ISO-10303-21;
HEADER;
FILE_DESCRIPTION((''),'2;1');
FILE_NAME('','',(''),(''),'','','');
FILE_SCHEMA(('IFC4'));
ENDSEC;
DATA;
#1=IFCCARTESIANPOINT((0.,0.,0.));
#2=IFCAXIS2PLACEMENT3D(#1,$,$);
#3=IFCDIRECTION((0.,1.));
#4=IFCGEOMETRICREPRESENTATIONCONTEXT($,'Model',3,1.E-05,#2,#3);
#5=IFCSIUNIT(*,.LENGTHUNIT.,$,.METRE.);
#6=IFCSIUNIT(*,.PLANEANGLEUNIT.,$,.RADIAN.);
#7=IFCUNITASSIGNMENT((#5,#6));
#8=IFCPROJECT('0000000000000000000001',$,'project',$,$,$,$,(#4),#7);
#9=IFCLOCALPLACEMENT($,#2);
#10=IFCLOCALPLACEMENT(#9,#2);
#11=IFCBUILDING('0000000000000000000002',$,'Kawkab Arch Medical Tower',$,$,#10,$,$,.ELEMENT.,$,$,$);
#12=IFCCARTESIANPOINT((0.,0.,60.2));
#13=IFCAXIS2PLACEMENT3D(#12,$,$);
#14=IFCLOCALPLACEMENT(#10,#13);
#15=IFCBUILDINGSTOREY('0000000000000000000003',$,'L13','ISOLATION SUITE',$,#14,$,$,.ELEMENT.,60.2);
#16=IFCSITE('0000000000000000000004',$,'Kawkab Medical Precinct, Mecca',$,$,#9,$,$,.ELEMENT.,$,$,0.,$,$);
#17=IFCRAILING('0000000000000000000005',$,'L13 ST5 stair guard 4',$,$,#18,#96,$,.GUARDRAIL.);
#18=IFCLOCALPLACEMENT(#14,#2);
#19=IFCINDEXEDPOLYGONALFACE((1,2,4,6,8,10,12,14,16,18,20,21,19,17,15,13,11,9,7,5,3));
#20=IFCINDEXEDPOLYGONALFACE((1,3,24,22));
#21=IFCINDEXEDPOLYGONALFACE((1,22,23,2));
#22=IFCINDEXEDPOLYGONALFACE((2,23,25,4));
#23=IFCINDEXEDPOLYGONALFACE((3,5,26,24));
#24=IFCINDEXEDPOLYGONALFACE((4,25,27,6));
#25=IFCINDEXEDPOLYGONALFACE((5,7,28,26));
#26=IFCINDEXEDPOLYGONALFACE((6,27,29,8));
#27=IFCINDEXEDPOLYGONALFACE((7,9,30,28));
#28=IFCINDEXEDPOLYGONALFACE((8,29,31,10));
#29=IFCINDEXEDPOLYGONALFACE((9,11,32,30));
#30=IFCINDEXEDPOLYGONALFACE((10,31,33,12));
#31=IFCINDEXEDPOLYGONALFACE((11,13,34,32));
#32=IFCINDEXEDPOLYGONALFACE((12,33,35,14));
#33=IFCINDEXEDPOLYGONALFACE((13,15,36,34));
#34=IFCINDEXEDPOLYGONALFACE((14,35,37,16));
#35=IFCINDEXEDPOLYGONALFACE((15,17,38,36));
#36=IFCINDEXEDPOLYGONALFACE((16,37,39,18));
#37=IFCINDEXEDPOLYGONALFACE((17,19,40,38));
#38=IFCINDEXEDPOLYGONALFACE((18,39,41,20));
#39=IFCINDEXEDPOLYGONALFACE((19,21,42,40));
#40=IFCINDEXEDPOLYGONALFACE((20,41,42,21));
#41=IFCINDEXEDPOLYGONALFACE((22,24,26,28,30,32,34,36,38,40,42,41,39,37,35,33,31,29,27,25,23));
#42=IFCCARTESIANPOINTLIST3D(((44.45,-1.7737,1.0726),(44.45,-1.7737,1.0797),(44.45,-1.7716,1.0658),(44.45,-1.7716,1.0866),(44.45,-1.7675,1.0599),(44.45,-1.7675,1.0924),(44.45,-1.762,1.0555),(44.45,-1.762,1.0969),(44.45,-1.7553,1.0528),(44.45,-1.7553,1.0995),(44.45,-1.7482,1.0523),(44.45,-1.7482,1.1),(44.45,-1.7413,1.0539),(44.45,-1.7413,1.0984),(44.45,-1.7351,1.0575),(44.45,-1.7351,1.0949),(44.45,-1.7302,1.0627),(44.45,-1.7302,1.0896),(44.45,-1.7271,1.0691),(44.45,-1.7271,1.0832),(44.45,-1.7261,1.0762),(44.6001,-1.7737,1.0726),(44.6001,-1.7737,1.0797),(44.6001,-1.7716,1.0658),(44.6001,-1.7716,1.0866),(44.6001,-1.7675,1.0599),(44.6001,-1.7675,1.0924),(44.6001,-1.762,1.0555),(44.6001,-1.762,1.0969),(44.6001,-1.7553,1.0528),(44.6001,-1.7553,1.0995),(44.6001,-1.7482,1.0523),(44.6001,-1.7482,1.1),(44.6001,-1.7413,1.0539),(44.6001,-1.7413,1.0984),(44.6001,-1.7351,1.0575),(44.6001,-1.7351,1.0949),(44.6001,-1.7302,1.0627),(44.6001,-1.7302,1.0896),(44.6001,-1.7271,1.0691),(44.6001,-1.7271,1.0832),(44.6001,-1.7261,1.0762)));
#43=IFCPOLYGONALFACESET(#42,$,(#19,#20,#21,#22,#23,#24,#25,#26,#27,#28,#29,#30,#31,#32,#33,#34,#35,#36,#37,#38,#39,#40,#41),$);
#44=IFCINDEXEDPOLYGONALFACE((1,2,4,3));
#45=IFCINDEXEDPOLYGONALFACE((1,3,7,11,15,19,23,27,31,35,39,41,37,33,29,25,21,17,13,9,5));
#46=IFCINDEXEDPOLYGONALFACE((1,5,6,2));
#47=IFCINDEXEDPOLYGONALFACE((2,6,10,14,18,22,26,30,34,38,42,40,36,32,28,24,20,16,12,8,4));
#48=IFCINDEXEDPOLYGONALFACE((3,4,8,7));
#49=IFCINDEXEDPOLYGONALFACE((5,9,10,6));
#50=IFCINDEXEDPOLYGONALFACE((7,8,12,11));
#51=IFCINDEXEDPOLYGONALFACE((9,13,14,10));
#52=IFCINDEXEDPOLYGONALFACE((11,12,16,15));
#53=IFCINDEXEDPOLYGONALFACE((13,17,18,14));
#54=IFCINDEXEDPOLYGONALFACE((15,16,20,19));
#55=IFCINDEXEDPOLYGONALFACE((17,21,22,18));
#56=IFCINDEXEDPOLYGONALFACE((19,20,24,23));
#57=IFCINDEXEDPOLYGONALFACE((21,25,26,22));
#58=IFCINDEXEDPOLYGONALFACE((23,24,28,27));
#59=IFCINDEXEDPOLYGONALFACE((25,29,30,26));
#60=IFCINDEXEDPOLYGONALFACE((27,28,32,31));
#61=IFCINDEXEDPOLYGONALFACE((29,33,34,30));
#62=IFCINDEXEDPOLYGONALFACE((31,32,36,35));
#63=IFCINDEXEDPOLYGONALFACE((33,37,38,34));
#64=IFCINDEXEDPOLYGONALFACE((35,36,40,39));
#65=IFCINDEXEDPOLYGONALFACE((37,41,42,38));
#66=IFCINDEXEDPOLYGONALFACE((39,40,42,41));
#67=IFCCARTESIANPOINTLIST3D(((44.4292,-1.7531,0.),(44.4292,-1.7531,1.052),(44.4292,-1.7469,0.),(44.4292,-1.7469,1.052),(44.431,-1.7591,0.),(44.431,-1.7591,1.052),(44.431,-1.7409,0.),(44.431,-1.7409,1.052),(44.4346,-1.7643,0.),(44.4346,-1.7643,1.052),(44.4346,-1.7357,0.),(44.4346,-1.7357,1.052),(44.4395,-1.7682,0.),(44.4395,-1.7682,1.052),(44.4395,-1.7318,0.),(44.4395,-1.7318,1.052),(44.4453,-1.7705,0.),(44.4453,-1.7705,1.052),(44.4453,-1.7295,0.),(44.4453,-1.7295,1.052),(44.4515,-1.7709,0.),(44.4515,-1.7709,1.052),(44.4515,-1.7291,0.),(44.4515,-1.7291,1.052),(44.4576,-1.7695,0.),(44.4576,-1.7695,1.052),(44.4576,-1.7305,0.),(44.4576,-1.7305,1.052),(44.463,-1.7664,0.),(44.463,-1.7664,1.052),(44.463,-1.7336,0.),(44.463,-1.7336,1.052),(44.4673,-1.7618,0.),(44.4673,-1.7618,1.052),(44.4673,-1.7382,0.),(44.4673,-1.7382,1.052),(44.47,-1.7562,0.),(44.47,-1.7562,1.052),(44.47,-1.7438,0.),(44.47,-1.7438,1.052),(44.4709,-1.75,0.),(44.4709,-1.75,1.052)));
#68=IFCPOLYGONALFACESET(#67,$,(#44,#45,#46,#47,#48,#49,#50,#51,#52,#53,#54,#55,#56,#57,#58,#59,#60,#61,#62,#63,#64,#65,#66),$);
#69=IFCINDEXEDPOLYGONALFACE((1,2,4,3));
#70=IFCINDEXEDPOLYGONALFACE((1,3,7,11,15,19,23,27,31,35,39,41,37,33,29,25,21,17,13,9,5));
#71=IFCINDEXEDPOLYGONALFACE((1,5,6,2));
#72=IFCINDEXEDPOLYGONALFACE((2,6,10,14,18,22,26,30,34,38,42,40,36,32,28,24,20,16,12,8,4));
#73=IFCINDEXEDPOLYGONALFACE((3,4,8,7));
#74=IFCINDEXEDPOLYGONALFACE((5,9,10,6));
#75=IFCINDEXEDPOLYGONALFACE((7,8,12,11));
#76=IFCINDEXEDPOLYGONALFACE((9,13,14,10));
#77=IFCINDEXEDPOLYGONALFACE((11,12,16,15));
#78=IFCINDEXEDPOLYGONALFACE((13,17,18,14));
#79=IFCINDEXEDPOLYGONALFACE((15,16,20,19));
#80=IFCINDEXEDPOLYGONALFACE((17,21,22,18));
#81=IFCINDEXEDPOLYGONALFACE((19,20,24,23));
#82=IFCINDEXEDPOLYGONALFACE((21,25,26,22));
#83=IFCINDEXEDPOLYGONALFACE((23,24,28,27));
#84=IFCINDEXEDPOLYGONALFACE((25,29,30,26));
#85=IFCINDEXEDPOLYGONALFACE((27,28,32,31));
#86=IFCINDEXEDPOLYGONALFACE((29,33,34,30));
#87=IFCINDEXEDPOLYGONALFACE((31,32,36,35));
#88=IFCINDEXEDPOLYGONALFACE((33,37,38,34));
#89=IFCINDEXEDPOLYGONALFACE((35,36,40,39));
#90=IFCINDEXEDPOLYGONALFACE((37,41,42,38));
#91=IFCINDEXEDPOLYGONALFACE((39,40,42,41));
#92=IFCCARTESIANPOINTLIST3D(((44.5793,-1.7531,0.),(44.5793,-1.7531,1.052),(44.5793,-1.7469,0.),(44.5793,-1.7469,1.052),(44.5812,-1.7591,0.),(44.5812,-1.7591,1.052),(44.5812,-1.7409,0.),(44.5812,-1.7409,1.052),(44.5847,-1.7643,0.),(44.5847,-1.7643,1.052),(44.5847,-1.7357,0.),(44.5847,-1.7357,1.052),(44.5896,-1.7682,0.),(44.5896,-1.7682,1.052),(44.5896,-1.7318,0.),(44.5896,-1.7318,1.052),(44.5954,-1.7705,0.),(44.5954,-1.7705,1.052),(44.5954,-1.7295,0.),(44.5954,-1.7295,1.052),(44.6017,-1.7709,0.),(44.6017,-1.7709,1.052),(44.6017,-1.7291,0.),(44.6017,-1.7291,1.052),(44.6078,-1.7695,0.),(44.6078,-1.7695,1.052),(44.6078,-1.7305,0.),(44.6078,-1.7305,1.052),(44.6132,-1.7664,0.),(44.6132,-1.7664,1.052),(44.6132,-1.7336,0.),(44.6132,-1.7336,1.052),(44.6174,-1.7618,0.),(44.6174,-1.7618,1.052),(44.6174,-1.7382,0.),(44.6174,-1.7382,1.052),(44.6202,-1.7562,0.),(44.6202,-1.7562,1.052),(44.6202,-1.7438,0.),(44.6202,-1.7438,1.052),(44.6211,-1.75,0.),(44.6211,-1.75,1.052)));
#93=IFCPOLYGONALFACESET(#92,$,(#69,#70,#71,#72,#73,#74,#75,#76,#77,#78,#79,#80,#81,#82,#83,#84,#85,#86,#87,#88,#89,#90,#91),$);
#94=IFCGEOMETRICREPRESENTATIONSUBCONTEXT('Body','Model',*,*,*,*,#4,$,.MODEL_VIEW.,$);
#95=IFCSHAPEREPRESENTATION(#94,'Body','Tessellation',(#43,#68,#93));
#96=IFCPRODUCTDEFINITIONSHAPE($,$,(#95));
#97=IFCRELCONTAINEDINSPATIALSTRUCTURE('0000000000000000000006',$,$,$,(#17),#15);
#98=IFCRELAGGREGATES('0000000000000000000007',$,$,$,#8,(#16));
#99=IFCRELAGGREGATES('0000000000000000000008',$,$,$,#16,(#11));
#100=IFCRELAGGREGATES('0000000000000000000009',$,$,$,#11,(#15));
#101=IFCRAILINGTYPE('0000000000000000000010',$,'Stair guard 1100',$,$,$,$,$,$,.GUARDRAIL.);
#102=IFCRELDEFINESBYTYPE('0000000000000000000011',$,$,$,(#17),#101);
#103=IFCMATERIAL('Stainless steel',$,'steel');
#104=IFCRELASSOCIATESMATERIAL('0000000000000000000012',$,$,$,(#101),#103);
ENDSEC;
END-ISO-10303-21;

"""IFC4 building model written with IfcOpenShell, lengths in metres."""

from ifc_helpers import new_model, si_unit, direction, frame, origin, origin_2d, place, context, subcontext, project, spatial, circle, extrude, material, type_object, element, save


model = new_model("IFC4")

# Units and contexts
model_context = context("Model", 3, precision=1e-05, world=origin(), true_north=direction((0.0, 1.0)))
body_context = subcontext(model_context, "Body", "Model", "MODEL_VIEW")
ifc_project = project(units=[si_unit("LENGTHUNIT", "METRE"), si_unit("PLANEANGLEUNIT", "RADIAN")], contexts=[model_context])

# Site, building, storey
site_placement = place(None, origin())
site = spatial("IfcSite", under=ifc_project, at=site_placement, Name="Kawkab Medical Precinct, Mecca", CompositionType="ELEMENT", RefElevation=0.0)
building_placement = place(site_placement, origin())
building = spatial("IfcBuilding", under=site, at=building_placement, Name="Kawkab Arch Medical Tower", CompositionType="ELEMENT")
storey_placement = place(building_placement, frame((0.0, 0.0, 60.2)))
storey = spatial("IfcBuildingStorey", under=building, at=storey_placement, Name="L13", Description="ISOLATION SUITE", CompositionType="ELEMENT", Elevation=60.2)

# Railing
ifc_material_1 = material(Name="Stainless steel", Category="steel")
railing_type_1 = type_object("IfcRailingType", Name="Stair guard 1100", PredefinedType="GUARDRAIL", material=ifc_material_1)
railing_1_placement = place(storey_placement, frame((44.45, -1.75, 0.0)))
element("IfcRailing", 1, at=railing_1_placement, inside=storey, type_object=railing_type_1, Name="L13 ST5 stair guard 4", PredefinedType="GUARDRAIL", context=body_context, shape_type="SweptSolid", body=[
    extrude(circle(Radius=0.0239, at=origin_2d()), frame((0.0, 0.0, 1.0762), z_axis=(1.0, 0.0, 0.0), x_axis=(0.0, 1.0, 0.0)), (0.0, 0.0, 1.0), 0.1501),
    extrude(circle(Radius=0.021, at=origin_2d()), origin(), (0.0, 0.0, 1.0), 1.052),
    extrude(circle(Radius=0.021, at=origin_2d()), frame((0.1501, 0.0, 0.0)), (0.0, 0.0, 1.0), 1.052),
])

save(model, "model.ifc")
